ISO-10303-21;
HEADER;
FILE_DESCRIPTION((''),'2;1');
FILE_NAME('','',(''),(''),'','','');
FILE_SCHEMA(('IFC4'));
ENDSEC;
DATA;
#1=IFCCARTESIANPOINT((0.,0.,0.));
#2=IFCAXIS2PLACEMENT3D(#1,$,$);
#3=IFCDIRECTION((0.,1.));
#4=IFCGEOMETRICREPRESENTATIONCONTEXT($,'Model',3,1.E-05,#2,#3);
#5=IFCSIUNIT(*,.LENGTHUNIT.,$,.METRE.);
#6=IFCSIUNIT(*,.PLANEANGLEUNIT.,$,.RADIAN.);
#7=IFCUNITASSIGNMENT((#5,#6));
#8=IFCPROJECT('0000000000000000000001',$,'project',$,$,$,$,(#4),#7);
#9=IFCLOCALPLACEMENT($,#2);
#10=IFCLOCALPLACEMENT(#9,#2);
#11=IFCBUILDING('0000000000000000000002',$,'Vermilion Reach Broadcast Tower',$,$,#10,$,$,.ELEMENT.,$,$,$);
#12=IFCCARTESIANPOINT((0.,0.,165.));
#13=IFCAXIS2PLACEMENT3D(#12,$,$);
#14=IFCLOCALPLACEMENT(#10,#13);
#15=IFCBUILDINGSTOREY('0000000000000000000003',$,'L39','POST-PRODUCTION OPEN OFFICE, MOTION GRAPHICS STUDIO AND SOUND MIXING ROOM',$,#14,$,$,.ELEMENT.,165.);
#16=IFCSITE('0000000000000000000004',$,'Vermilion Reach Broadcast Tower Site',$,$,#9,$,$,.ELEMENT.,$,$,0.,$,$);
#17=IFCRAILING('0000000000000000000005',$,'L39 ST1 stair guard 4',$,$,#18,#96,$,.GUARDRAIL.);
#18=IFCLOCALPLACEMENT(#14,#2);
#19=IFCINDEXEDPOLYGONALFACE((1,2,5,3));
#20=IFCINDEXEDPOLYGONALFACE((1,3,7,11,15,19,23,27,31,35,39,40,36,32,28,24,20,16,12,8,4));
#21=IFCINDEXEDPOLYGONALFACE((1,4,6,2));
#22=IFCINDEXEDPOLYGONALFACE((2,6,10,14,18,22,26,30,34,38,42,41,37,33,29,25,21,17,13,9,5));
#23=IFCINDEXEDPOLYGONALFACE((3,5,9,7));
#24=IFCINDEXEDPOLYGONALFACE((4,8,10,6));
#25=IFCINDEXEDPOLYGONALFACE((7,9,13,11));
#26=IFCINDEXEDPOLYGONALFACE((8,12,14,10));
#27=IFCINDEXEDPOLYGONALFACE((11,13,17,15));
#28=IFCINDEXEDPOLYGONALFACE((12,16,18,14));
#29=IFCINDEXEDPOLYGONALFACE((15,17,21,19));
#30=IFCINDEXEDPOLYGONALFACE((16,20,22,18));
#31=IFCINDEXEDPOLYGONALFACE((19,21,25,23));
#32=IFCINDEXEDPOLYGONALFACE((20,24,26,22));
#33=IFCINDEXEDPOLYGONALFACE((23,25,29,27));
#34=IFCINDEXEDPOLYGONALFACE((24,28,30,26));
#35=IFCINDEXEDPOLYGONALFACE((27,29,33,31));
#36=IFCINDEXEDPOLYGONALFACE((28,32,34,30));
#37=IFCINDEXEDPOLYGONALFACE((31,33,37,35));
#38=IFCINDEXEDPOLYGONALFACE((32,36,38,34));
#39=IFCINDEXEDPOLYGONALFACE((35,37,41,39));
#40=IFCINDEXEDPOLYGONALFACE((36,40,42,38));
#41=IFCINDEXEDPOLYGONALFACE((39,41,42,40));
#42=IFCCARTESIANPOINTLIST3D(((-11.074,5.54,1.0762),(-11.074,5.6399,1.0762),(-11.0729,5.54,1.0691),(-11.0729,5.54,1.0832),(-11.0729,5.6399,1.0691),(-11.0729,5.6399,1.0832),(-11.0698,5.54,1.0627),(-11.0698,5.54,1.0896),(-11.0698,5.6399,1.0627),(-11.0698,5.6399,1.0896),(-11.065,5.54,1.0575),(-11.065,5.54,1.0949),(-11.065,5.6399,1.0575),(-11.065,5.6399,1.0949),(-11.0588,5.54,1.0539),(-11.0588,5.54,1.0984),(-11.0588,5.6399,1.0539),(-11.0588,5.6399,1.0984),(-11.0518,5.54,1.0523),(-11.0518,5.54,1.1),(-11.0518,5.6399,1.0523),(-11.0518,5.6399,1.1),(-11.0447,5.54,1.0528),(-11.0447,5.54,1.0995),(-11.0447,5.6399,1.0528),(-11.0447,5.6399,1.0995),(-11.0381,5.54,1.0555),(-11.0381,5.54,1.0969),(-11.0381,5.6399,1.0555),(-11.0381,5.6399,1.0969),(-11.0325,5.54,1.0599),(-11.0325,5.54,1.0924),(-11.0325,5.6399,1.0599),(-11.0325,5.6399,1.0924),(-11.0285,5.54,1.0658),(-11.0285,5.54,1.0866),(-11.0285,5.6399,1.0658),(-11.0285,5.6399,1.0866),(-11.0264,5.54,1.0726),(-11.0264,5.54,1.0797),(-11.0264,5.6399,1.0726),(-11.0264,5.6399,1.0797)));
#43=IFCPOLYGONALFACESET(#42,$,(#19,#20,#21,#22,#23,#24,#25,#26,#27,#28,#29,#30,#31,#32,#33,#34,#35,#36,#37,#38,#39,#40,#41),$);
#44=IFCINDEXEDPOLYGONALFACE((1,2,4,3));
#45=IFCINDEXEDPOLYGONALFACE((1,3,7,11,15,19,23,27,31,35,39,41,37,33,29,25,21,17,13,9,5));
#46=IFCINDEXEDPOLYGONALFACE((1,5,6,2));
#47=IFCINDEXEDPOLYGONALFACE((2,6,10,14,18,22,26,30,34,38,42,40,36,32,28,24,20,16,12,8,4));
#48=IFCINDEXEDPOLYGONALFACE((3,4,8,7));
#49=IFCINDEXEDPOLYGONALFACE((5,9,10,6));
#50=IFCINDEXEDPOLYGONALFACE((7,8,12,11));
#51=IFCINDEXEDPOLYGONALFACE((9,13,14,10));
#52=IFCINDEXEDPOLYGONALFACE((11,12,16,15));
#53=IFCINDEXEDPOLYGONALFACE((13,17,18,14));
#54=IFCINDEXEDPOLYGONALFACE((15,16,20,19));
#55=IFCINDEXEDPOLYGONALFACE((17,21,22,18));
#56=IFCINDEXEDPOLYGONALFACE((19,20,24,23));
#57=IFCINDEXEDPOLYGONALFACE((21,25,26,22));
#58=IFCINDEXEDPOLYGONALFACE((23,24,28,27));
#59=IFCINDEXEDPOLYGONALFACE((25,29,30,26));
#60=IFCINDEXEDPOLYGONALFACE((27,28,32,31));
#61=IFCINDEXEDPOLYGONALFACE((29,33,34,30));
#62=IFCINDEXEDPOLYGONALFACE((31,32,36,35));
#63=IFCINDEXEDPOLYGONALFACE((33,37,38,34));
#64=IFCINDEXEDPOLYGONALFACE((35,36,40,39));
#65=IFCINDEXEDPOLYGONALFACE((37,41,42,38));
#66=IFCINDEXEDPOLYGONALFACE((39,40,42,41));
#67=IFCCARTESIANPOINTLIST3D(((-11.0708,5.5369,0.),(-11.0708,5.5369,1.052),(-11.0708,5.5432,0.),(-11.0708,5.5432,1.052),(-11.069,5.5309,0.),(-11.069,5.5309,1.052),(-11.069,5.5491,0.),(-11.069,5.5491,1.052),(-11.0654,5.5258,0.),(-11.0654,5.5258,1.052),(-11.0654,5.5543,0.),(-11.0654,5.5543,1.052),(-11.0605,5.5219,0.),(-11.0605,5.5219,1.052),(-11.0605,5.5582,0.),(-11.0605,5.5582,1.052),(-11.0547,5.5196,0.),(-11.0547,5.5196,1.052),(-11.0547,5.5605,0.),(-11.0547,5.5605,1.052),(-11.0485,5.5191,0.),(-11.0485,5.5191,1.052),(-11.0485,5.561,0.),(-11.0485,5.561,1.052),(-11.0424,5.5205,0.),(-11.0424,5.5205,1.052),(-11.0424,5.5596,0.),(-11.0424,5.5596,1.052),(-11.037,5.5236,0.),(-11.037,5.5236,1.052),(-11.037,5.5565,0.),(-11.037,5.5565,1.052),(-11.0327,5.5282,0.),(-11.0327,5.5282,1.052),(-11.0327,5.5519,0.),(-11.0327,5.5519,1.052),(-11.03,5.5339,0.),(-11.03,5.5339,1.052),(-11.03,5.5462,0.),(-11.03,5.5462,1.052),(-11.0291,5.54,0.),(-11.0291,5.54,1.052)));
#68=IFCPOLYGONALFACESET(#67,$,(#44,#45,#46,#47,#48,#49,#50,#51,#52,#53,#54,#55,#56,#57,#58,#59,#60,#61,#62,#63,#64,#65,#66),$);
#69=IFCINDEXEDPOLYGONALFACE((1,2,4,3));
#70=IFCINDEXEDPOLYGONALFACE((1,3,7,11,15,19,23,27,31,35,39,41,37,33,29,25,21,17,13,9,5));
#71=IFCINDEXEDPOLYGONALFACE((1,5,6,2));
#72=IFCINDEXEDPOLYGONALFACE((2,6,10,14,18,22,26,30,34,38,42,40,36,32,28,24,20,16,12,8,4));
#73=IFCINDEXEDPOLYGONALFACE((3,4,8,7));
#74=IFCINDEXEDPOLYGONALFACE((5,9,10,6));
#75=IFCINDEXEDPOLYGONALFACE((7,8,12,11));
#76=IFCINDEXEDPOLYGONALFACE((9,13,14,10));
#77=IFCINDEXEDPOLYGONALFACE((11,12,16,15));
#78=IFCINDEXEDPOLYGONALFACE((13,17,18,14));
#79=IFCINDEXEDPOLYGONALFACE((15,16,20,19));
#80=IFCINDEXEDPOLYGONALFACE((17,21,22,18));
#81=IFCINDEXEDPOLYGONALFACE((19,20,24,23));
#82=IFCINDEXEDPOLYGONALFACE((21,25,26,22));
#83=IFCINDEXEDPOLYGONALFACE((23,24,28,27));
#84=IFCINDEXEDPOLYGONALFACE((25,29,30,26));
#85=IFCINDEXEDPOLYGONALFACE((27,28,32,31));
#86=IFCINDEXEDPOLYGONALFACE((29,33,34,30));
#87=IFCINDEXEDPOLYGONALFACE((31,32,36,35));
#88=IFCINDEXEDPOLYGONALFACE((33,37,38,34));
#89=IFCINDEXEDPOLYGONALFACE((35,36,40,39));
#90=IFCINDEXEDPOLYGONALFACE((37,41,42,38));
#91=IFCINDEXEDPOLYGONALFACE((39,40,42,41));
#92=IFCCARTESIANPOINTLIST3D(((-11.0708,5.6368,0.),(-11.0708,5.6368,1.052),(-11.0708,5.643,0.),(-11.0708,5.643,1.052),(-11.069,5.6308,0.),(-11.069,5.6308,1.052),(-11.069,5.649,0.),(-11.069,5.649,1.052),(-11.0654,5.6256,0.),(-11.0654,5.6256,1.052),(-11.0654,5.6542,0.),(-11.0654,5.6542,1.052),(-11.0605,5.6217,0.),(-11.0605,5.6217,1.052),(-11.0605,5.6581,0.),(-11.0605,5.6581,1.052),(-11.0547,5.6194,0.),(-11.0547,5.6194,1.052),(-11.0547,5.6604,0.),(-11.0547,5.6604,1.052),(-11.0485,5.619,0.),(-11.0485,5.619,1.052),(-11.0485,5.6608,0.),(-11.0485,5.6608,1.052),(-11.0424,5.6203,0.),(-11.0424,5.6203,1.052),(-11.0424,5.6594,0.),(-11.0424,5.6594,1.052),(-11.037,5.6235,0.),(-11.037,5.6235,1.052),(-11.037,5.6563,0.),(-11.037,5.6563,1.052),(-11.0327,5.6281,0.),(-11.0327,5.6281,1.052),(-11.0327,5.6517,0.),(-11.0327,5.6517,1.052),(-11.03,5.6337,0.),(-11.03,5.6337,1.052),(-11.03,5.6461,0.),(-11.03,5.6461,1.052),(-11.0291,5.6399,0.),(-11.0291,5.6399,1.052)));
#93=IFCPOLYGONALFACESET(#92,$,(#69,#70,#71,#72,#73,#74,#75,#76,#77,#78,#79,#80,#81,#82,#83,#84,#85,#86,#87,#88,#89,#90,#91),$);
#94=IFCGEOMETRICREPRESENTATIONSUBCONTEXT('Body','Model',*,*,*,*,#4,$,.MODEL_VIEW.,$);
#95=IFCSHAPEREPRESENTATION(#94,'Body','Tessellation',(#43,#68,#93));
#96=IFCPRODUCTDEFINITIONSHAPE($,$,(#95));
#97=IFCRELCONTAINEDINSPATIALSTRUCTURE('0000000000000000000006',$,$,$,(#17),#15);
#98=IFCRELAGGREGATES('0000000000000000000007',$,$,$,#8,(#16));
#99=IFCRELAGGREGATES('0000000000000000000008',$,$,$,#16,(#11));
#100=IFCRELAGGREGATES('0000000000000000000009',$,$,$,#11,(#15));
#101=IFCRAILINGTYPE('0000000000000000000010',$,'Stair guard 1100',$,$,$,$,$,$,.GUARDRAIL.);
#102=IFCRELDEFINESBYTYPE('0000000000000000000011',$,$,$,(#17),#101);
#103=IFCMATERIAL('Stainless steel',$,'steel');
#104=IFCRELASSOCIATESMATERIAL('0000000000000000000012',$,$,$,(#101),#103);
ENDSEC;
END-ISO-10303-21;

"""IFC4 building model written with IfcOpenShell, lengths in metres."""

from ifc_helpers import new_model, si_unit, direction, frame, origin, origin_2d, place, context, subcontext, project, spatial, circle, extrude, material, type_object, element, save


model = new_model("IFC4")

# Units and contexts
model_context = context("Model", 3, precision=1e-05, world=origin(), true_north=direction((0.0, 1.0)))
body_context = subcontext(model_context, "Body", "Model", "MODEL_VIEW")
ifc_project = project(units=[si_unit("LENGTHUNIT", "METRE"), si_unit("PLANEANGLEUNIT", "RADIAN")], contexts=[model_context])

# Site, building, storey
site_placement = place(None, origin())
site = spatial("IfcSite", under=ifc_project, at=site_placement, Name="Vermilion Reach Broadcast Tower Site", CompositionType="ELEMENT", RefElevation=0.0)
building_placement = place(site_placement, origin())
building = spatial("IfcBuilding", under=site, at=building_placement, Name="Vermilion Reach Broadcast Tower", CompositionType="ELEMENT")
storey_placement = place(building_placement, frame((0.0, 0.0, 165.0)))
storey = spatial("IfcBuildingStorey", under=building, at=storey_placement, Name="L39", Description="POST-PRODUCTION OPEN OFFICE, MOTION GRAPHICS STUDIO AND SOUND MIXING ROOM", CompositionType="ELEMENT", Elevation=165.0)

# Railing
ifc_material_1 = material(Name="Stainless steel", Category="steel")
railing_type_1 = type_object("IfcRailingType", Name="Stair guard 1100", PredefinedType="GUARDRAIL", material=ifc_material_1)
railing_1_placement = place(storey_placement, frame((-11.05, 5.54, 0.0)))
element("IfcRailing", 1, at=railing_1_placement, inside=storey, type_object=railing_type_1, Name="L39 ST1 stair guard 4", PredefinedType="GUARDRAIL", context=body_context, shape_type="SweptSolid", body=[
    extrude(circle(Radius=0.0239, at=origin_2d()), frame((0.0, 0.0, 1.0762), z_axis=(0.0, 1.0, 0.0), x_axis=(-1.0, 0.0, 0.0)), (0.0, 0.0, 1.0), 0.0999),
    extrude(circle(Radius=0.021, at=origin_2d()), origin(), (0.0, 0.0, 1.0), 1.052),
    extrude(circle(Radius=0.021, at=origin_2d()), frame((0.0, 0.0999, 0.0)), (0.0, 0.0, 1.0), 1.052),
])

save(model, "model.ifc")
